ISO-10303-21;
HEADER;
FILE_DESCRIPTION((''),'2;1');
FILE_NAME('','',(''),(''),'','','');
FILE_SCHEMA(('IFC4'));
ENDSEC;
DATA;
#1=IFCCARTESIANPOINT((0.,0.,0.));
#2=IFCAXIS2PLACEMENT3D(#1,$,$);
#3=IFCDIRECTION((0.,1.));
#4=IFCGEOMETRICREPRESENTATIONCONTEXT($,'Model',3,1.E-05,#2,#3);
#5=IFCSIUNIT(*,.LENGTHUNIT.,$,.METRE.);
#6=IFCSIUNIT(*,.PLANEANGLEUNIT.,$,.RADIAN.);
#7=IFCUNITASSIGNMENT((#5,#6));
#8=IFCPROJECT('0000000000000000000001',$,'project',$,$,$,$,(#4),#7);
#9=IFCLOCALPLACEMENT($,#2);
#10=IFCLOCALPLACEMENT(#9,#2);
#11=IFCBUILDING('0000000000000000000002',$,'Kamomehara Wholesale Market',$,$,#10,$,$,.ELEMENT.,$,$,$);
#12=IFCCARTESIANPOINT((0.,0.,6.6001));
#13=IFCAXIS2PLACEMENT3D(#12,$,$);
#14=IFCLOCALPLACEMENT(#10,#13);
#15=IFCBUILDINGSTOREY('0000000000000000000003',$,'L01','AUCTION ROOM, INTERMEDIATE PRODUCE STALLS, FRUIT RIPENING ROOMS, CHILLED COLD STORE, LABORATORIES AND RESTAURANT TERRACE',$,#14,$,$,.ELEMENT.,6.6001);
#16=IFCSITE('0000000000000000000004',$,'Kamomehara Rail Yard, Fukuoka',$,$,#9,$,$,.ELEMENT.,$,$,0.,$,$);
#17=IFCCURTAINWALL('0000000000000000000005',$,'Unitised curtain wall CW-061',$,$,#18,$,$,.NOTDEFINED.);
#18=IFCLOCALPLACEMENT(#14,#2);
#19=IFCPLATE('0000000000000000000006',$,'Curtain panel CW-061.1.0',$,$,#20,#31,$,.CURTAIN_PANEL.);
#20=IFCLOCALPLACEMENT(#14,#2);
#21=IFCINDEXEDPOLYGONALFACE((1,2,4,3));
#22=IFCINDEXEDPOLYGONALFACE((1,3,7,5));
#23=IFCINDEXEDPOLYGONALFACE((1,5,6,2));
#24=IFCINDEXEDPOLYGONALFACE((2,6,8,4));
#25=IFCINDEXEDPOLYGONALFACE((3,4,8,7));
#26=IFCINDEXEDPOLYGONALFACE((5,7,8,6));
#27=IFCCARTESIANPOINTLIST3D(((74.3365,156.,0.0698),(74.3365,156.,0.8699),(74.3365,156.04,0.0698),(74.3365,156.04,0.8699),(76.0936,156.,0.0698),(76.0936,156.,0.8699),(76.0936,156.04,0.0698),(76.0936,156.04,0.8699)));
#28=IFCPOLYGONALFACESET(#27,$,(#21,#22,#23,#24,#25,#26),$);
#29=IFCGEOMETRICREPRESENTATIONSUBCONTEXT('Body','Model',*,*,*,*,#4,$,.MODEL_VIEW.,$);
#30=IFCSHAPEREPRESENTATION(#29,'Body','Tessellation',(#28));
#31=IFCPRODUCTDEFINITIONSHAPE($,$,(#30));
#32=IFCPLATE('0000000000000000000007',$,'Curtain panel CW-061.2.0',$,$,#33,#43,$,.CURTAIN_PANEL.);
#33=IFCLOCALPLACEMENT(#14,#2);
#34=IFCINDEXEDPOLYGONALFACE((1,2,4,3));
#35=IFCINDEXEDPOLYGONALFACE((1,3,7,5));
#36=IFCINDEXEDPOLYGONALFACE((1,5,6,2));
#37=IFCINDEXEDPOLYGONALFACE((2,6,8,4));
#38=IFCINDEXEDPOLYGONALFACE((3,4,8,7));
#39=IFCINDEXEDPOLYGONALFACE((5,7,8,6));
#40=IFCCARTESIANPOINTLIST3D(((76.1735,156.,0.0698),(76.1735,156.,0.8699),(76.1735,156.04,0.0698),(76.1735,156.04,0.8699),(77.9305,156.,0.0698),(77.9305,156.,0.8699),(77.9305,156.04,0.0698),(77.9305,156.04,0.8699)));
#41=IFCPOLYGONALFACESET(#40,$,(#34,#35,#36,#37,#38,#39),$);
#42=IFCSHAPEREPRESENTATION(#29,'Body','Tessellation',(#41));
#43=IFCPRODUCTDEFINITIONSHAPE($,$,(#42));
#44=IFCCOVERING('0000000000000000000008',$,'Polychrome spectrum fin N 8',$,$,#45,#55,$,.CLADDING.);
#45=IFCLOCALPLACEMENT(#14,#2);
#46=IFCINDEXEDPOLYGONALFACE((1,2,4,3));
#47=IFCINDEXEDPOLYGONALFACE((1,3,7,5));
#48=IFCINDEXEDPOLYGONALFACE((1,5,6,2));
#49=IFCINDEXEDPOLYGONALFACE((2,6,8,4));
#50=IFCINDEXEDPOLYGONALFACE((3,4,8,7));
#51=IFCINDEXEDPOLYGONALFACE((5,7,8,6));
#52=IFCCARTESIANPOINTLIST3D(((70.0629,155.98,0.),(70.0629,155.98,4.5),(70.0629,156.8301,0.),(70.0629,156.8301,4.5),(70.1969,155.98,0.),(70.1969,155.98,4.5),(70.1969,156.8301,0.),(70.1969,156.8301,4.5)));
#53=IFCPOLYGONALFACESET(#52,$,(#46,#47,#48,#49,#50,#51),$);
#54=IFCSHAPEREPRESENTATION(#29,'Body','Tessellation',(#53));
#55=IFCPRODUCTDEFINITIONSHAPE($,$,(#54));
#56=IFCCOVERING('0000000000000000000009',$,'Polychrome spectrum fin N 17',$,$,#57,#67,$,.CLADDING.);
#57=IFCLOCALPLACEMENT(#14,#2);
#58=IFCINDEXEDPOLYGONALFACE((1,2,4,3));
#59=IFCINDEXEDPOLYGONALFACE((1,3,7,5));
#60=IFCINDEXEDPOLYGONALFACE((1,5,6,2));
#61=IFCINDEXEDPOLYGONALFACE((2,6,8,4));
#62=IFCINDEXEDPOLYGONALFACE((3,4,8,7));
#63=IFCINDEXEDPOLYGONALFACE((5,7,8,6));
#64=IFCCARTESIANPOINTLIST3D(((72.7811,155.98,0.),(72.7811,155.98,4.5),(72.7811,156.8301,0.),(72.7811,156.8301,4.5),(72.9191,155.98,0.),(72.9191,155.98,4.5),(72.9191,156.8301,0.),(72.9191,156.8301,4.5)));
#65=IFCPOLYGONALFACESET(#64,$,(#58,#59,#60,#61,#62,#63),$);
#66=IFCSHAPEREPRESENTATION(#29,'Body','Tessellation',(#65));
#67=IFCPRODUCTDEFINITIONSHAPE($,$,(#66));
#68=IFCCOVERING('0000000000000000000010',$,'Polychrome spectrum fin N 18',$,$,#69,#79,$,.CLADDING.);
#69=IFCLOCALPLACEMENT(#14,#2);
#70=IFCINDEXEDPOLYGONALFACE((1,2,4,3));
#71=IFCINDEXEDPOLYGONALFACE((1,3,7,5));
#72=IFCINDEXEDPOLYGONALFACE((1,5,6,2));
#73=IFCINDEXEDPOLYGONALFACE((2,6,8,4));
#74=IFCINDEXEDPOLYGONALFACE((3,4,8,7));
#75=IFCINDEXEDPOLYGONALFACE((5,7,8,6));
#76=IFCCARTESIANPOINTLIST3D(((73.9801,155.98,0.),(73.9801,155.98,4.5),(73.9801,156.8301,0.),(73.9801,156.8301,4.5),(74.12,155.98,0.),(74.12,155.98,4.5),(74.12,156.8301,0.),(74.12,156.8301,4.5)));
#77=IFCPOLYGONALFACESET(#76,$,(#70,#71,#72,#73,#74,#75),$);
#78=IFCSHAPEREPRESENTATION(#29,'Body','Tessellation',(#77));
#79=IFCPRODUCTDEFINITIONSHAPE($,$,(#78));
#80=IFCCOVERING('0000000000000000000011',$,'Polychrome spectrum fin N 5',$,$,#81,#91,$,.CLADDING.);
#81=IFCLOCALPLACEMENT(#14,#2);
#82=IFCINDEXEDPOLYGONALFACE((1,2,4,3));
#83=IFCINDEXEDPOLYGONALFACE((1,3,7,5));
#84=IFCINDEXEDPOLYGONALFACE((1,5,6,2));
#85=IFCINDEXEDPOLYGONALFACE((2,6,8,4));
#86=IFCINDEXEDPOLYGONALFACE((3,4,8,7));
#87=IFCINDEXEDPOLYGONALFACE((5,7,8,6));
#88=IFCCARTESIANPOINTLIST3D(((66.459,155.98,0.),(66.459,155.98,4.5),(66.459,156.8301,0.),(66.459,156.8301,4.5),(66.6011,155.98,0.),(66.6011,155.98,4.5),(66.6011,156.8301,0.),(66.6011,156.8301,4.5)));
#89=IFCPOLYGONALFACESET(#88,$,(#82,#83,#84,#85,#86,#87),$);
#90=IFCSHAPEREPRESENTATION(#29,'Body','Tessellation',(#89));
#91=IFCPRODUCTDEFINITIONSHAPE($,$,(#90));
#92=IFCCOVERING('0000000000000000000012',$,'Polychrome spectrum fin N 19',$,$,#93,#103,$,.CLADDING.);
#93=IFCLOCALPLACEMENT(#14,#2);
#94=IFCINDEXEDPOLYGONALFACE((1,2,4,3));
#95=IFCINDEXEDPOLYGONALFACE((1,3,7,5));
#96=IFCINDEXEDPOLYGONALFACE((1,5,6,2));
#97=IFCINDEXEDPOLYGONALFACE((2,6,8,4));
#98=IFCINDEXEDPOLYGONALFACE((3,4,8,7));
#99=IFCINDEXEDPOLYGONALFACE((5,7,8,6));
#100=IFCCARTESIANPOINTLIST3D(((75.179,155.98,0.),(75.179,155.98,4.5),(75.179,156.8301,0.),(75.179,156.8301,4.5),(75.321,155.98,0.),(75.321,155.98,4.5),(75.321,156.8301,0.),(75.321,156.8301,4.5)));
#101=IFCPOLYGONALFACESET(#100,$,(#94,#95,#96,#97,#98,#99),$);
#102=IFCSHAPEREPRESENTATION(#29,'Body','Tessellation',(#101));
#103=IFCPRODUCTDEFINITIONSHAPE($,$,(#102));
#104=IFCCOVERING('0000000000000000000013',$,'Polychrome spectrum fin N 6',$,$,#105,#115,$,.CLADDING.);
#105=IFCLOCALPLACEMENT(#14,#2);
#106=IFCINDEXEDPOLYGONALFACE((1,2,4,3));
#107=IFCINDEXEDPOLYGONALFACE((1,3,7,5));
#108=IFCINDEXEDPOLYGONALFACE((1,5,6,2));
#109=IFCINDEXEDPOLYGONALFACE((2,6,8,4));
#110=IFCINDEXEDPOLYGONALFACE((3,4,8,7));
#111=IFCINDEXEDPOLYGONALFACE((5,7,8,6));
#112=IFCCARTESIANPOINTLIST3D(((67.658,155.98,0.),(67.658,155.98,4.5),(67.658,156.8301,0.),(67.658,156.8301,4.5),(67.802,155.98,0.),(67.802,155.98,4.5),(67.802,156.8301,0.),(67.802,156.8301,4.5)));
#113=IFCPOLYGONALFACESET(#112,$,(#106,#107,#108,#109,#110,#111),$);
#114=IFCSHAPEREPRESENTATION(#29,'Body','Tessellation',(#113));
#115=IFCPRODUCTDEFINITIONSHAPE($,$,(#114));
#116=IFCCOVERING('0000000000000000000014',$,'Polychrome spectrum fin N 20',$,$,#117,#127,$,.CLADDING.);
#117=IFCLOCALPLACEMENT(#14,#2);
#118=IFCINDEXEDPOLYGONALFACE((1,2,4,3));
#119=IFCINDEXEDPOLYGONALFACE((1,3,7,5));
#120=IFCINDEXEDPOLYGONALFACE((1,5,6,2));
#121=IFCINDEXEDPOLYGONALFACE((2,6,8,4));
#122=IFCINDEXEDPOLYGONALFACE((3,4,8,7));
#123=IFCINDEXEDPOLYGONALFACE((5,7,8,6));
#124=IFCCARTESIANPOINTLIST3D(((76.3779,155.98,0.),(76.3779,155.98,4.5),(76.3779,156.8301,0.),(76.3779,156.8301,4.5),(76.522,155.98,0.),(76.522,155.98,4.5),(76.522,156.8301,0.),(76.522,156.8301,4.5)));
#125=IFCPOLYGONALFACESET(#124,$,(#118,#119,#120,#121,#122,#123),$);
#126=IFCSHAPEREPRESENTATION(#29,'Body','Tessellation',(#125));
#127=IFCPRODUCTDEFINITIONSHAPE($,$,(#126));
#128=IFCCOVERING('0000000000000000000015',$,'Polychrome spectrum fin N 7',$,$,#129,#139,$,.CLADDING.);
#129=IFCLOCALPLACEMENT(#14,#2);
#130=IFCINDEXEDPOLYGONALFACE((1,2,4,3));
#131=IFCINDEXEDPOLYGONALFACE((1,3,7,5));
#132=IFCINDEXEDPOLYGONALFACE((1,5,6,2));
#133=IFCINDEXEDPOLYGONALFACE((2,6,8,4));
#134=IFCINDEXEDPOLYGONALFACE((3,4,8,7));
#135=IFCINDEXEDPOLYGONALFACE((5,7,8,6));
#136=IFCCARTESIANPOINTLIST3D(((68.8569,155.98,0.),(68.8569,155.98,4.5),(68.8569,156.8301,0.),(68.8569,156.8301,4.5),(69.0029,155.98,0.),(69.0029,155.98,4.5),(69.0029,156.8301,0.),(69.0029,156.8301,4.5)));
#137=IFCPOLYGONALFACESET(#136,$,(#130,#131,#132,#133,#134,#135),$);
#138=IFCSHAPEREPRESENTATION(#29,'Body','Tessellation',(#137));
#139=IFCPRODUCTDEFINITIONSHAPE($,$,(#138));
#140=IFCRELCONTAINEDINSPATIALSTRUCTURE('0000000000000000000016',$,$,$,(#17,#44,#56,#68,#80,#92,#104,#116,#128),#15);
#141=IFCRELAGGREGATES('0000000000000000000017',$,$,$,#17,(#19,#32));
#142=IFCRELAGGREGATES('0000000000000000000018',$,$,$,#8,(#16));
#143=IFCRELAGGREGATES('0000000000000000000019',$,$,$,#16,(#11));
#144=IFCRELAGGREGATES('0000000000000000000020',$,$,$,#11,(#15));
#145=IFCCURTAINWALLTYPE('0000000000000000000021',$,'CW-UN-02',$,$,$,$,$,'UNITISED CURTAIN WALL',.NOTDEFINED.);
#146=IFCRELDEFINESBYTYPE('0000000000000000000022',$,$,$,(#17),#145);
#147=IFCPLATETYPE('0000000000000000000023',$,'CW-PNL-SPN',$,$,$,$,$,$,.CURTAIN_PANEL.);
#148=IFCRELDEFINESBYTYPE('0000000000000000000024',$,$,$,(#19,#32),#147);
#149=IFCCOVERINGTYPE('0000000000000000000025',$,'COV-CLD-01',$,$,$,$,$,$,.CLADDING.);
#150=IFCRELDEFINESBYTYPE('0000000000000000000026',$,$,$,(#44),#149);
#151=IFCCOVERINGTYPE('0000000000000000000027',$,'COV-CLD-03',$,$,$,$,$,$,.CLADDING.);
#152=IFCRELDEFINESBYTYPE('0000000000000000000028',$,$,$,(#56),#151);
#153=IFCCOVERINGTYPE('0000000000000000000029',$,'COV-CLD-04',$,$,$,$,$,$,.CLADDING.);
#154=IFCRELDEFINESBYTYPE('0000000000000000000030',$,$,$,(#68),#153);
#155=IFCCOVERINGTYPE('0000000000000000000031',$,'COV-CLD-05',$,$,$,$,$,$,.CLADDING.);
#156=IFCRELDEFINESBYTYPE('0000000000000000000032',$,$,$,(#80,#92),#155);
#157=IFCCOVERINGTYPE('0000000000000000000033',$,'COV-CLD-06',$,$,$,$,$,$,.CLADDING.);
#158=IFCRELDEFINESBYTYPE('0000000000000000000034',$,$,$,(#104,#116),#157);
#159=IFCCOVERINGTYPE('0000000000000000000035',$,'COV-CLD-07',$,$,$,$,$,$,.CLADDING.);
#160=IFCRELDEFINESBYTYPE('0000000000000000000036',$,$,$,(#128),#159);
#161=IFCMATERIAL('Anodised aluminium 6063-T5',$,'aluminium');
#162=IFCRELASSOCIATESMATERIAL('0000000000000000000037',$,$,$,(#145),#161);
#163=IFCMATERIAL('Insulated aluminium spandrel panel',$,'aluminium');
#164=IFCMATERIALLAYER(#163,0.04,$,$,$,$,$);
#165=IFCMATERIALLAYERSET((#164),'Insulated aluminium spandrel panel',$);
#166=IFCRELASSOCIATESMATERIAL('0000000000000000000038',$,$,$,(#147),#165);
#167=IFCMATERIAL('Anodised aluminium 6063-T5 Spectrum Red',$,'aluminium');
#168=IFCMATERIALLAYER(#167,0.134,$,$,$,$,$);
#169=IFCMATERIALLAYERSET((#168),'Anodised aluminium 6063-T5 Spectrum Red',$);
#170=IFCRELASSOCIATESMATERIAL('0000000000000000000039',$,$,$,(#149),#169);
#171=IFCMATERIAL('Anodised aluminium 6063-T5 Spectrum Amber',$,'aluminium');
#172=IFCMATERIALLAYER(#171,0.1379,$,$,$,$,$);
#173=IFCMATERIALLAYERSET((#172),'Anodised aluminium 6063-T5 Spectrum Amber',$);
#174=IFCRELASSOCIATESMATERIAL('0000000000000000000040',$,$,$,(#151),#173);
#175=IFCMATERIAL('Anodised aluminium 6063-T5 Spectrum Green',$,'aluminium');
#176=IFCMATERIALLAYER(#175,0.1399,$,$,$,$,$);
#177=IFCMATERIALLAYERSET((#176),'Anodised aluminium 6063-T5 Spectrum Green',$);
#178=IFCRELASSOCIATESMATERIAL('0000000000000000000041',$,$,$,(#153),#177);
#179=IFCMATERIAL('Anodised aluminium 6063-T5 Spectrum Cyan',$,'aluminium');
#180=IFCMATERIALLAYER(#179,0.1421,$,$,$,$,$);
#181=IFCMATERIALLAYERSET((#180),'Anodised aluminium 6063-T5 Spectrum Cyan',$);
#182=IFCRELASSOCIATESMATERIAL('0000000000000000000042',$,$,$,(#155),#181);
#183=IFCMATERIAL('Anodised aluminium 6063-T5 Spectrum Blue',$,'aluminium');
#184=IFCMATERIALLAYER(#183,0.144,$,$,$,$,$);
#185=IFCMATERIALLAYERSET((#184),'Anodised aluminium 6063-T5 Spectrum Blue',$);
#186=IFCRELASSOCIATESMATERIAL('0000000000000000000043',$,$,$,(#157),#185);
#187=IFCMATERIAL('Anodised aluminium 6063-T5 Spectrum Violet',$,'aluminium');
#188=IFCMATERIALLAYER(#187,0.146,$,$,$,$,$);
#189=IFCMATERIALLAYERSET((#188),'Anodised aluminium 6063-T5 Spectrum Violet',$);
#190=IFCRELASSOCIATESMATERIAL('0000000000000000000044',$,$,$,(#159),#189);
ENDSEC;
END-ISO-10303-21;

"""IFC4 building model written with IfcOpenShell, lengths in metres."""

from ifc_helpers import new_model, si_unit, direction, frame, origin, origin_2d, place, context, subcontext, project, spatial, rectangle, extrude, material, layer, layer_set, type_object, element, aggregate, save


model = new_model("IFC4")

# Units and contexts
model_context = context("Model", 3, precision=1e-05, world=origin(), true_north=direction((0.0, 1.0)))
body_context = subcontext(model_context, "Body", "Model", "MODEL_VIEW")
ifc_project = project(units=[si_unit("LENGTHUNIT", "METRE"), si_unit("PLANEANGLEUNIT", "RADIAN")], contexts=[model_context])

# Site, building, storey
site_placement = place(None, origin())
site = spatial("IfcSite", under=ifc_project, at=site_placement, Name="Kamomehara Rail Yard, Fukuoka", CompositionType="ELEMENT", RefElevation=0.0)
building_placement = place(site_placement, origin())
building = spatial("IfcBuilding", under=site, at=building_placement, Name="Kamomehara Wholesale Market", CompositionType="ELEMENT")
storey_placement = place(building_placement, frame((0.0, 0.0, 6.6001)))
storey = spatial("IfcBuildingStorey", under=building, at=storey_placement, Name="L01", Description="AUCTION ROOM, INTERMEDIATE PRODUCE STALLS, FRUIT RIPENING ROOMS, CHILLED COLD STORE, LABORATORIES AND RESTAURANT TERRACE", CompositionType="ELEMENT", Elevation=6.6001)

# Curtain wall
ifc_material_1 = material(Name="Anodised aluminium 6063-T5", Category="aluminium")
curtain_wall_type = type_object("IfcCurtainWallType", Name="CW-UN-02", ElementType="UNITISED CURTAIN WALL", PredefinedType="NOTDEFINED", material=ifc_material_1)
curtain_wall_1_placement = place(storey_placement, origin())
curtain_wall_1 = element("IfcCurtainWall", 1, at=curtain_wall_1_placement, inside=storey, type_object=curtain_wall_type, Name="Unitised curtain wall CW-061", PredefinedType="NOTDEFINED")

# Plates
ifc_material_2 = material(Name="Insulated aluminium spandrel panel", Category="aluminium")
ifc_layer_1 = layer(ifc_material_2, 0.04)
ifc_layer_set_1 = layer_set([ifc_layer_1], Name="Insulated aluminium spandrel panel")
plate_type_1 = type_object("IfcPlateType", Name="CW-PNL-SPN", PredefinedType="CURTAIN_PANEL", material=ifc_layer_set_1)
plate_1_placement = place(storey_placement, frame((75.2151, 156.02, 0.0698), z_axis=(0.0, 0.0, 1.0), x_axis=(1.0, 0.0, 0.0)))
plate_1 = element("IfcPlate", 2, at=plate_1_placement, type_object=plate_type_1, Name="Curtain panel CW-061.1.0", PredefinedType="CURTAIN_PANEL", context=body_context, shape_type="SweptSolid", body=[
    extrude(rectangle(XDim=1.7571, YDim=0.04, at=origin_2d()), origin(), (0.0, 0.0, 1.0), 0.8),
])
plate_2_placement = place(storey_placement, frame((77.052, 156.02, 0.0698), z_axis=(0.0, 0.0, 1.0), x_axis=(1.0, 0.0, 0.0)))
plate_2 = element("IfcPlate", 3, at=plate_2_placement, type_object=plate_type_1, Name="Curtain panel CW-061.2.0", PredefinedType="CURTAIN_PANEL", context=body_context, shape_type="SweptSolid", body=[
    extrude(rectangle(XDim=1.7571, YDim=0.04, at=origin_2d()), origin(), (0.0, 0.0, 1.0), 0.8),
])
aggregate(curtain_wall_1, [plate_1, plate_2])

# Coverings
ifc_material_3 = material(Name="Anodised aluminium 6063-T5 Spectrum Red", Category="aluminium")
ifc_layer_2 = layer(ifc_material_3, 0.134)
ifc_layer_set_2 = layer_set([ifc_layer_2], Name="Anodised aluminium 6063-T5 Spectrum Red")
covering_type_1 = type_object("IfcCoveringType", Name="COV-CLD-01", PredefinedType="CLADDING", material=ifc_layer_set_2)
covering_1_placement = place(storey_placement, frame((70.1299, 156.405, 0.0), z_axis=(0.0, 0.0, 1.0), x_axis=(1.0, 0.0, 0.0)))
element("IfcCovering", 4, at=covering_1_placement, inside=storey, type_object=covering_type_1, Name="Polychrome spectrum fin N 8", PredefinedType="CLADDING", context=body_context, shape_type="SweptSolid", body=[
    extrude(rectangle(XDim=0.134, YDim=0.8501, at=origin_2d()), origin(), (0.0, 0.0, 1.0), 4.5),
])
ifc_material_4 = material(Name="Anodised aluminium 6063-T5 Spectrum Amber", Category="aluminium")
ifc_layer_3 = layer(ifc_material_4, 0.1379)
ifc_layer_set_3 = layer_set([ifc_layer_3], Name="Anodised aluminium 6063-T5 Spectrum Amber")
covering_type_2 = type_object("IfcCoveringType", Name="COV-CLD-03", PredefinedType="CLADDING", material=ifc_layer_set_3)
covering_2_placement = place(storey_placement, frame((72.8501, 156.405, 0.0), z_axis=(0.0, 0.0, 1.0), x_axis=(1.0, 0.0, 0.0)))
element("IfcCovering", 5, at=covering_2_placement, inside=storey, type_object=covering_type_2, Name="Polychrome spectrum fin N 17", PredefinedType="CLADDING", context=body_context, shape_type="SweptSolid", body=[
    extrude(rectangle(XDim=0.1379, YDim=0.8501, at=origin_2d()), origin(), (0.0, 0.0, 1.0), 4.5),
])
ifc_material_5 = material(Name="Anodised aluminium 6063-T5 Spectrum Green", Category="aluminium")
ifc_layer_4 = layer(ifc_material_5, 0.1399)
ifc_layer_set_4 = layer_set([ifc_layer_4], Name="Anodised aluminium 6063-T5 Spectrum Green")
covering_type_3 = type_object("IfcCoveringType", Name="COV-CLD-04", PredefinedType="CLADDING", material=ifc_layer_set_4)
covering_3_placement = place(storey_placement, frame((74.05, 156.405, 0.0), z_axis=(0.0, 0.0, 1.0), x_axis=(1.0, 0.0, 0.0)))
element("IfcCovering", 6, at=covering_3_placement, inside=storey, type_object=covering_type_3, Name="Polychrome spectrum fin N 18", PredefinedType="CLADDING", context=body_context, shape_type="SweptSolid", body=[
    extrude(rectangle(XDim=0.1399, YDim=0.8501, at=origin_2d()), origin(), (0.0, 0.0, 1.0), 4.5),
])
ifc_material_6 = material(Name="Anodised aluminium 6063-T5 Spectrum Cyan", Category="aluminium")
ifc_layer_5 = layer(ifc_material_6, 0.1421)
ifc_layer_set_5 = layer_set([ifc_layer_5], Name="Anodised aluminium 6063-T5 Spectrum Cyan")
covering_type_4 = type_object("IfcCoveringType", Name="COV-CLD-05", PredefinedType="CLADDING", material=ifc_layer_set_5)
for number, where, z_axis, x_axis, name in (
    (7, (66.53, 156.405, 0.0), (0.0, 0.0, 1.0), (1.0, 0.0, 0.0), "Polychrome spectrum fin N 5"),
    (8, (75.25, 156.405, 0.0), (0.0, 0.0, 1.0), (1.0, 0.0, 0.0), "Polychrome spectrum fin N 19"),
):
    element("IfcCovering", number, at=place(storey_placement, frame(where, z_axis=z_axis, x_axis=x_axis)), inside=storey, type_object=covering_type_4, Name=name, PredefinedType="CLADDING", context=body_context, shape_type="SweptSolid", body=[
        extrude(rectangle(XDim=0.1421, YDim=0.8501, at=origin_2d()), origin(), (0.0, 0.0, 1.0), 4.5),
    ])
ifc_material_7 = material(Name="Anodised aluminium 6063-T5 Spectrum Blue", Category="aluminium")
ifc_layer_6 = layer(ifc_material_7, 0.144)
ifc_layer_set_6 = layer_set([ifc_layer_6], Name="Anodised aluminium 6063-T5 Spectrum Blue")
covering_type_5 = type_object("IfcCoveringType", Name="COV-CLD-06", PredefinedType="CLADDING", material=ifc_layer_set_6)
for number, where, z_axis, x_axis, name in (
    (9, (67.73, 156.405, 0.0), (0.0, 0.0, 1.0), (1.0, 0.0, 0.0), "Polychrome spectrum fin N 6"),
    (10, (76.45, 156.405, 0.0), (0.0, 0.0, 1.0), (1.0, 0.0, 0.0), "Polychrome spectrum fin N 20"),
):
    element("IfcCovering", number, at=place(storey_placement, frame(where, z_axis=z_axis, x_axis=x_axis)), inside=storey, type_object=covering_type_5, Name=name, PredefinedType="CLADDING", context=body_context, shape_type="SweptSolid", body=[
        extrude(rectangle(XDim=0.144, YDim=0.8501, at=origin_2d()), origin(), (0.0, 0.0, 1.0), 4.5),
    ])
ifc_material_8 = material(Name="Anodised aluminium 6063-T5 Spectrum Violet", Category="aluminium")
ifc_layer_7 = layer(ifc_material_8, 0.146)
ifc_layer_set_7 = layer_set([ifc_layer_7], Name="Anodised aluminium 6063-T5 Spectrum Violet")
covering_type_6 = type_object("IfcCoveringType", Name="COV-CLD-07", PredefinedType="CLADDING", material=ifc_layer_set_7)
covering_4_placement = place(storey_placement, frame((68.9299, 156.405, 0.0), z_axis=(0.0, 0.0, 1.0), x_axis=(1.0, 0.0, 0.0)))
element("IfcCovering", 11, at=covering_4_placement, inside=storey, type_object=covering_type_6, Name="Polychrome spectrum fin N 7", PredefinedType="CLADDING", context=body_context, shape_type="SweptSolid", body=[
    extrude(rectangle(XDim=0.146, YDim=0.8501, at=origin_2d()), origin(), (0.0, 0.0, 1.0), 4.5),
])

save(model, "model.ifc")
